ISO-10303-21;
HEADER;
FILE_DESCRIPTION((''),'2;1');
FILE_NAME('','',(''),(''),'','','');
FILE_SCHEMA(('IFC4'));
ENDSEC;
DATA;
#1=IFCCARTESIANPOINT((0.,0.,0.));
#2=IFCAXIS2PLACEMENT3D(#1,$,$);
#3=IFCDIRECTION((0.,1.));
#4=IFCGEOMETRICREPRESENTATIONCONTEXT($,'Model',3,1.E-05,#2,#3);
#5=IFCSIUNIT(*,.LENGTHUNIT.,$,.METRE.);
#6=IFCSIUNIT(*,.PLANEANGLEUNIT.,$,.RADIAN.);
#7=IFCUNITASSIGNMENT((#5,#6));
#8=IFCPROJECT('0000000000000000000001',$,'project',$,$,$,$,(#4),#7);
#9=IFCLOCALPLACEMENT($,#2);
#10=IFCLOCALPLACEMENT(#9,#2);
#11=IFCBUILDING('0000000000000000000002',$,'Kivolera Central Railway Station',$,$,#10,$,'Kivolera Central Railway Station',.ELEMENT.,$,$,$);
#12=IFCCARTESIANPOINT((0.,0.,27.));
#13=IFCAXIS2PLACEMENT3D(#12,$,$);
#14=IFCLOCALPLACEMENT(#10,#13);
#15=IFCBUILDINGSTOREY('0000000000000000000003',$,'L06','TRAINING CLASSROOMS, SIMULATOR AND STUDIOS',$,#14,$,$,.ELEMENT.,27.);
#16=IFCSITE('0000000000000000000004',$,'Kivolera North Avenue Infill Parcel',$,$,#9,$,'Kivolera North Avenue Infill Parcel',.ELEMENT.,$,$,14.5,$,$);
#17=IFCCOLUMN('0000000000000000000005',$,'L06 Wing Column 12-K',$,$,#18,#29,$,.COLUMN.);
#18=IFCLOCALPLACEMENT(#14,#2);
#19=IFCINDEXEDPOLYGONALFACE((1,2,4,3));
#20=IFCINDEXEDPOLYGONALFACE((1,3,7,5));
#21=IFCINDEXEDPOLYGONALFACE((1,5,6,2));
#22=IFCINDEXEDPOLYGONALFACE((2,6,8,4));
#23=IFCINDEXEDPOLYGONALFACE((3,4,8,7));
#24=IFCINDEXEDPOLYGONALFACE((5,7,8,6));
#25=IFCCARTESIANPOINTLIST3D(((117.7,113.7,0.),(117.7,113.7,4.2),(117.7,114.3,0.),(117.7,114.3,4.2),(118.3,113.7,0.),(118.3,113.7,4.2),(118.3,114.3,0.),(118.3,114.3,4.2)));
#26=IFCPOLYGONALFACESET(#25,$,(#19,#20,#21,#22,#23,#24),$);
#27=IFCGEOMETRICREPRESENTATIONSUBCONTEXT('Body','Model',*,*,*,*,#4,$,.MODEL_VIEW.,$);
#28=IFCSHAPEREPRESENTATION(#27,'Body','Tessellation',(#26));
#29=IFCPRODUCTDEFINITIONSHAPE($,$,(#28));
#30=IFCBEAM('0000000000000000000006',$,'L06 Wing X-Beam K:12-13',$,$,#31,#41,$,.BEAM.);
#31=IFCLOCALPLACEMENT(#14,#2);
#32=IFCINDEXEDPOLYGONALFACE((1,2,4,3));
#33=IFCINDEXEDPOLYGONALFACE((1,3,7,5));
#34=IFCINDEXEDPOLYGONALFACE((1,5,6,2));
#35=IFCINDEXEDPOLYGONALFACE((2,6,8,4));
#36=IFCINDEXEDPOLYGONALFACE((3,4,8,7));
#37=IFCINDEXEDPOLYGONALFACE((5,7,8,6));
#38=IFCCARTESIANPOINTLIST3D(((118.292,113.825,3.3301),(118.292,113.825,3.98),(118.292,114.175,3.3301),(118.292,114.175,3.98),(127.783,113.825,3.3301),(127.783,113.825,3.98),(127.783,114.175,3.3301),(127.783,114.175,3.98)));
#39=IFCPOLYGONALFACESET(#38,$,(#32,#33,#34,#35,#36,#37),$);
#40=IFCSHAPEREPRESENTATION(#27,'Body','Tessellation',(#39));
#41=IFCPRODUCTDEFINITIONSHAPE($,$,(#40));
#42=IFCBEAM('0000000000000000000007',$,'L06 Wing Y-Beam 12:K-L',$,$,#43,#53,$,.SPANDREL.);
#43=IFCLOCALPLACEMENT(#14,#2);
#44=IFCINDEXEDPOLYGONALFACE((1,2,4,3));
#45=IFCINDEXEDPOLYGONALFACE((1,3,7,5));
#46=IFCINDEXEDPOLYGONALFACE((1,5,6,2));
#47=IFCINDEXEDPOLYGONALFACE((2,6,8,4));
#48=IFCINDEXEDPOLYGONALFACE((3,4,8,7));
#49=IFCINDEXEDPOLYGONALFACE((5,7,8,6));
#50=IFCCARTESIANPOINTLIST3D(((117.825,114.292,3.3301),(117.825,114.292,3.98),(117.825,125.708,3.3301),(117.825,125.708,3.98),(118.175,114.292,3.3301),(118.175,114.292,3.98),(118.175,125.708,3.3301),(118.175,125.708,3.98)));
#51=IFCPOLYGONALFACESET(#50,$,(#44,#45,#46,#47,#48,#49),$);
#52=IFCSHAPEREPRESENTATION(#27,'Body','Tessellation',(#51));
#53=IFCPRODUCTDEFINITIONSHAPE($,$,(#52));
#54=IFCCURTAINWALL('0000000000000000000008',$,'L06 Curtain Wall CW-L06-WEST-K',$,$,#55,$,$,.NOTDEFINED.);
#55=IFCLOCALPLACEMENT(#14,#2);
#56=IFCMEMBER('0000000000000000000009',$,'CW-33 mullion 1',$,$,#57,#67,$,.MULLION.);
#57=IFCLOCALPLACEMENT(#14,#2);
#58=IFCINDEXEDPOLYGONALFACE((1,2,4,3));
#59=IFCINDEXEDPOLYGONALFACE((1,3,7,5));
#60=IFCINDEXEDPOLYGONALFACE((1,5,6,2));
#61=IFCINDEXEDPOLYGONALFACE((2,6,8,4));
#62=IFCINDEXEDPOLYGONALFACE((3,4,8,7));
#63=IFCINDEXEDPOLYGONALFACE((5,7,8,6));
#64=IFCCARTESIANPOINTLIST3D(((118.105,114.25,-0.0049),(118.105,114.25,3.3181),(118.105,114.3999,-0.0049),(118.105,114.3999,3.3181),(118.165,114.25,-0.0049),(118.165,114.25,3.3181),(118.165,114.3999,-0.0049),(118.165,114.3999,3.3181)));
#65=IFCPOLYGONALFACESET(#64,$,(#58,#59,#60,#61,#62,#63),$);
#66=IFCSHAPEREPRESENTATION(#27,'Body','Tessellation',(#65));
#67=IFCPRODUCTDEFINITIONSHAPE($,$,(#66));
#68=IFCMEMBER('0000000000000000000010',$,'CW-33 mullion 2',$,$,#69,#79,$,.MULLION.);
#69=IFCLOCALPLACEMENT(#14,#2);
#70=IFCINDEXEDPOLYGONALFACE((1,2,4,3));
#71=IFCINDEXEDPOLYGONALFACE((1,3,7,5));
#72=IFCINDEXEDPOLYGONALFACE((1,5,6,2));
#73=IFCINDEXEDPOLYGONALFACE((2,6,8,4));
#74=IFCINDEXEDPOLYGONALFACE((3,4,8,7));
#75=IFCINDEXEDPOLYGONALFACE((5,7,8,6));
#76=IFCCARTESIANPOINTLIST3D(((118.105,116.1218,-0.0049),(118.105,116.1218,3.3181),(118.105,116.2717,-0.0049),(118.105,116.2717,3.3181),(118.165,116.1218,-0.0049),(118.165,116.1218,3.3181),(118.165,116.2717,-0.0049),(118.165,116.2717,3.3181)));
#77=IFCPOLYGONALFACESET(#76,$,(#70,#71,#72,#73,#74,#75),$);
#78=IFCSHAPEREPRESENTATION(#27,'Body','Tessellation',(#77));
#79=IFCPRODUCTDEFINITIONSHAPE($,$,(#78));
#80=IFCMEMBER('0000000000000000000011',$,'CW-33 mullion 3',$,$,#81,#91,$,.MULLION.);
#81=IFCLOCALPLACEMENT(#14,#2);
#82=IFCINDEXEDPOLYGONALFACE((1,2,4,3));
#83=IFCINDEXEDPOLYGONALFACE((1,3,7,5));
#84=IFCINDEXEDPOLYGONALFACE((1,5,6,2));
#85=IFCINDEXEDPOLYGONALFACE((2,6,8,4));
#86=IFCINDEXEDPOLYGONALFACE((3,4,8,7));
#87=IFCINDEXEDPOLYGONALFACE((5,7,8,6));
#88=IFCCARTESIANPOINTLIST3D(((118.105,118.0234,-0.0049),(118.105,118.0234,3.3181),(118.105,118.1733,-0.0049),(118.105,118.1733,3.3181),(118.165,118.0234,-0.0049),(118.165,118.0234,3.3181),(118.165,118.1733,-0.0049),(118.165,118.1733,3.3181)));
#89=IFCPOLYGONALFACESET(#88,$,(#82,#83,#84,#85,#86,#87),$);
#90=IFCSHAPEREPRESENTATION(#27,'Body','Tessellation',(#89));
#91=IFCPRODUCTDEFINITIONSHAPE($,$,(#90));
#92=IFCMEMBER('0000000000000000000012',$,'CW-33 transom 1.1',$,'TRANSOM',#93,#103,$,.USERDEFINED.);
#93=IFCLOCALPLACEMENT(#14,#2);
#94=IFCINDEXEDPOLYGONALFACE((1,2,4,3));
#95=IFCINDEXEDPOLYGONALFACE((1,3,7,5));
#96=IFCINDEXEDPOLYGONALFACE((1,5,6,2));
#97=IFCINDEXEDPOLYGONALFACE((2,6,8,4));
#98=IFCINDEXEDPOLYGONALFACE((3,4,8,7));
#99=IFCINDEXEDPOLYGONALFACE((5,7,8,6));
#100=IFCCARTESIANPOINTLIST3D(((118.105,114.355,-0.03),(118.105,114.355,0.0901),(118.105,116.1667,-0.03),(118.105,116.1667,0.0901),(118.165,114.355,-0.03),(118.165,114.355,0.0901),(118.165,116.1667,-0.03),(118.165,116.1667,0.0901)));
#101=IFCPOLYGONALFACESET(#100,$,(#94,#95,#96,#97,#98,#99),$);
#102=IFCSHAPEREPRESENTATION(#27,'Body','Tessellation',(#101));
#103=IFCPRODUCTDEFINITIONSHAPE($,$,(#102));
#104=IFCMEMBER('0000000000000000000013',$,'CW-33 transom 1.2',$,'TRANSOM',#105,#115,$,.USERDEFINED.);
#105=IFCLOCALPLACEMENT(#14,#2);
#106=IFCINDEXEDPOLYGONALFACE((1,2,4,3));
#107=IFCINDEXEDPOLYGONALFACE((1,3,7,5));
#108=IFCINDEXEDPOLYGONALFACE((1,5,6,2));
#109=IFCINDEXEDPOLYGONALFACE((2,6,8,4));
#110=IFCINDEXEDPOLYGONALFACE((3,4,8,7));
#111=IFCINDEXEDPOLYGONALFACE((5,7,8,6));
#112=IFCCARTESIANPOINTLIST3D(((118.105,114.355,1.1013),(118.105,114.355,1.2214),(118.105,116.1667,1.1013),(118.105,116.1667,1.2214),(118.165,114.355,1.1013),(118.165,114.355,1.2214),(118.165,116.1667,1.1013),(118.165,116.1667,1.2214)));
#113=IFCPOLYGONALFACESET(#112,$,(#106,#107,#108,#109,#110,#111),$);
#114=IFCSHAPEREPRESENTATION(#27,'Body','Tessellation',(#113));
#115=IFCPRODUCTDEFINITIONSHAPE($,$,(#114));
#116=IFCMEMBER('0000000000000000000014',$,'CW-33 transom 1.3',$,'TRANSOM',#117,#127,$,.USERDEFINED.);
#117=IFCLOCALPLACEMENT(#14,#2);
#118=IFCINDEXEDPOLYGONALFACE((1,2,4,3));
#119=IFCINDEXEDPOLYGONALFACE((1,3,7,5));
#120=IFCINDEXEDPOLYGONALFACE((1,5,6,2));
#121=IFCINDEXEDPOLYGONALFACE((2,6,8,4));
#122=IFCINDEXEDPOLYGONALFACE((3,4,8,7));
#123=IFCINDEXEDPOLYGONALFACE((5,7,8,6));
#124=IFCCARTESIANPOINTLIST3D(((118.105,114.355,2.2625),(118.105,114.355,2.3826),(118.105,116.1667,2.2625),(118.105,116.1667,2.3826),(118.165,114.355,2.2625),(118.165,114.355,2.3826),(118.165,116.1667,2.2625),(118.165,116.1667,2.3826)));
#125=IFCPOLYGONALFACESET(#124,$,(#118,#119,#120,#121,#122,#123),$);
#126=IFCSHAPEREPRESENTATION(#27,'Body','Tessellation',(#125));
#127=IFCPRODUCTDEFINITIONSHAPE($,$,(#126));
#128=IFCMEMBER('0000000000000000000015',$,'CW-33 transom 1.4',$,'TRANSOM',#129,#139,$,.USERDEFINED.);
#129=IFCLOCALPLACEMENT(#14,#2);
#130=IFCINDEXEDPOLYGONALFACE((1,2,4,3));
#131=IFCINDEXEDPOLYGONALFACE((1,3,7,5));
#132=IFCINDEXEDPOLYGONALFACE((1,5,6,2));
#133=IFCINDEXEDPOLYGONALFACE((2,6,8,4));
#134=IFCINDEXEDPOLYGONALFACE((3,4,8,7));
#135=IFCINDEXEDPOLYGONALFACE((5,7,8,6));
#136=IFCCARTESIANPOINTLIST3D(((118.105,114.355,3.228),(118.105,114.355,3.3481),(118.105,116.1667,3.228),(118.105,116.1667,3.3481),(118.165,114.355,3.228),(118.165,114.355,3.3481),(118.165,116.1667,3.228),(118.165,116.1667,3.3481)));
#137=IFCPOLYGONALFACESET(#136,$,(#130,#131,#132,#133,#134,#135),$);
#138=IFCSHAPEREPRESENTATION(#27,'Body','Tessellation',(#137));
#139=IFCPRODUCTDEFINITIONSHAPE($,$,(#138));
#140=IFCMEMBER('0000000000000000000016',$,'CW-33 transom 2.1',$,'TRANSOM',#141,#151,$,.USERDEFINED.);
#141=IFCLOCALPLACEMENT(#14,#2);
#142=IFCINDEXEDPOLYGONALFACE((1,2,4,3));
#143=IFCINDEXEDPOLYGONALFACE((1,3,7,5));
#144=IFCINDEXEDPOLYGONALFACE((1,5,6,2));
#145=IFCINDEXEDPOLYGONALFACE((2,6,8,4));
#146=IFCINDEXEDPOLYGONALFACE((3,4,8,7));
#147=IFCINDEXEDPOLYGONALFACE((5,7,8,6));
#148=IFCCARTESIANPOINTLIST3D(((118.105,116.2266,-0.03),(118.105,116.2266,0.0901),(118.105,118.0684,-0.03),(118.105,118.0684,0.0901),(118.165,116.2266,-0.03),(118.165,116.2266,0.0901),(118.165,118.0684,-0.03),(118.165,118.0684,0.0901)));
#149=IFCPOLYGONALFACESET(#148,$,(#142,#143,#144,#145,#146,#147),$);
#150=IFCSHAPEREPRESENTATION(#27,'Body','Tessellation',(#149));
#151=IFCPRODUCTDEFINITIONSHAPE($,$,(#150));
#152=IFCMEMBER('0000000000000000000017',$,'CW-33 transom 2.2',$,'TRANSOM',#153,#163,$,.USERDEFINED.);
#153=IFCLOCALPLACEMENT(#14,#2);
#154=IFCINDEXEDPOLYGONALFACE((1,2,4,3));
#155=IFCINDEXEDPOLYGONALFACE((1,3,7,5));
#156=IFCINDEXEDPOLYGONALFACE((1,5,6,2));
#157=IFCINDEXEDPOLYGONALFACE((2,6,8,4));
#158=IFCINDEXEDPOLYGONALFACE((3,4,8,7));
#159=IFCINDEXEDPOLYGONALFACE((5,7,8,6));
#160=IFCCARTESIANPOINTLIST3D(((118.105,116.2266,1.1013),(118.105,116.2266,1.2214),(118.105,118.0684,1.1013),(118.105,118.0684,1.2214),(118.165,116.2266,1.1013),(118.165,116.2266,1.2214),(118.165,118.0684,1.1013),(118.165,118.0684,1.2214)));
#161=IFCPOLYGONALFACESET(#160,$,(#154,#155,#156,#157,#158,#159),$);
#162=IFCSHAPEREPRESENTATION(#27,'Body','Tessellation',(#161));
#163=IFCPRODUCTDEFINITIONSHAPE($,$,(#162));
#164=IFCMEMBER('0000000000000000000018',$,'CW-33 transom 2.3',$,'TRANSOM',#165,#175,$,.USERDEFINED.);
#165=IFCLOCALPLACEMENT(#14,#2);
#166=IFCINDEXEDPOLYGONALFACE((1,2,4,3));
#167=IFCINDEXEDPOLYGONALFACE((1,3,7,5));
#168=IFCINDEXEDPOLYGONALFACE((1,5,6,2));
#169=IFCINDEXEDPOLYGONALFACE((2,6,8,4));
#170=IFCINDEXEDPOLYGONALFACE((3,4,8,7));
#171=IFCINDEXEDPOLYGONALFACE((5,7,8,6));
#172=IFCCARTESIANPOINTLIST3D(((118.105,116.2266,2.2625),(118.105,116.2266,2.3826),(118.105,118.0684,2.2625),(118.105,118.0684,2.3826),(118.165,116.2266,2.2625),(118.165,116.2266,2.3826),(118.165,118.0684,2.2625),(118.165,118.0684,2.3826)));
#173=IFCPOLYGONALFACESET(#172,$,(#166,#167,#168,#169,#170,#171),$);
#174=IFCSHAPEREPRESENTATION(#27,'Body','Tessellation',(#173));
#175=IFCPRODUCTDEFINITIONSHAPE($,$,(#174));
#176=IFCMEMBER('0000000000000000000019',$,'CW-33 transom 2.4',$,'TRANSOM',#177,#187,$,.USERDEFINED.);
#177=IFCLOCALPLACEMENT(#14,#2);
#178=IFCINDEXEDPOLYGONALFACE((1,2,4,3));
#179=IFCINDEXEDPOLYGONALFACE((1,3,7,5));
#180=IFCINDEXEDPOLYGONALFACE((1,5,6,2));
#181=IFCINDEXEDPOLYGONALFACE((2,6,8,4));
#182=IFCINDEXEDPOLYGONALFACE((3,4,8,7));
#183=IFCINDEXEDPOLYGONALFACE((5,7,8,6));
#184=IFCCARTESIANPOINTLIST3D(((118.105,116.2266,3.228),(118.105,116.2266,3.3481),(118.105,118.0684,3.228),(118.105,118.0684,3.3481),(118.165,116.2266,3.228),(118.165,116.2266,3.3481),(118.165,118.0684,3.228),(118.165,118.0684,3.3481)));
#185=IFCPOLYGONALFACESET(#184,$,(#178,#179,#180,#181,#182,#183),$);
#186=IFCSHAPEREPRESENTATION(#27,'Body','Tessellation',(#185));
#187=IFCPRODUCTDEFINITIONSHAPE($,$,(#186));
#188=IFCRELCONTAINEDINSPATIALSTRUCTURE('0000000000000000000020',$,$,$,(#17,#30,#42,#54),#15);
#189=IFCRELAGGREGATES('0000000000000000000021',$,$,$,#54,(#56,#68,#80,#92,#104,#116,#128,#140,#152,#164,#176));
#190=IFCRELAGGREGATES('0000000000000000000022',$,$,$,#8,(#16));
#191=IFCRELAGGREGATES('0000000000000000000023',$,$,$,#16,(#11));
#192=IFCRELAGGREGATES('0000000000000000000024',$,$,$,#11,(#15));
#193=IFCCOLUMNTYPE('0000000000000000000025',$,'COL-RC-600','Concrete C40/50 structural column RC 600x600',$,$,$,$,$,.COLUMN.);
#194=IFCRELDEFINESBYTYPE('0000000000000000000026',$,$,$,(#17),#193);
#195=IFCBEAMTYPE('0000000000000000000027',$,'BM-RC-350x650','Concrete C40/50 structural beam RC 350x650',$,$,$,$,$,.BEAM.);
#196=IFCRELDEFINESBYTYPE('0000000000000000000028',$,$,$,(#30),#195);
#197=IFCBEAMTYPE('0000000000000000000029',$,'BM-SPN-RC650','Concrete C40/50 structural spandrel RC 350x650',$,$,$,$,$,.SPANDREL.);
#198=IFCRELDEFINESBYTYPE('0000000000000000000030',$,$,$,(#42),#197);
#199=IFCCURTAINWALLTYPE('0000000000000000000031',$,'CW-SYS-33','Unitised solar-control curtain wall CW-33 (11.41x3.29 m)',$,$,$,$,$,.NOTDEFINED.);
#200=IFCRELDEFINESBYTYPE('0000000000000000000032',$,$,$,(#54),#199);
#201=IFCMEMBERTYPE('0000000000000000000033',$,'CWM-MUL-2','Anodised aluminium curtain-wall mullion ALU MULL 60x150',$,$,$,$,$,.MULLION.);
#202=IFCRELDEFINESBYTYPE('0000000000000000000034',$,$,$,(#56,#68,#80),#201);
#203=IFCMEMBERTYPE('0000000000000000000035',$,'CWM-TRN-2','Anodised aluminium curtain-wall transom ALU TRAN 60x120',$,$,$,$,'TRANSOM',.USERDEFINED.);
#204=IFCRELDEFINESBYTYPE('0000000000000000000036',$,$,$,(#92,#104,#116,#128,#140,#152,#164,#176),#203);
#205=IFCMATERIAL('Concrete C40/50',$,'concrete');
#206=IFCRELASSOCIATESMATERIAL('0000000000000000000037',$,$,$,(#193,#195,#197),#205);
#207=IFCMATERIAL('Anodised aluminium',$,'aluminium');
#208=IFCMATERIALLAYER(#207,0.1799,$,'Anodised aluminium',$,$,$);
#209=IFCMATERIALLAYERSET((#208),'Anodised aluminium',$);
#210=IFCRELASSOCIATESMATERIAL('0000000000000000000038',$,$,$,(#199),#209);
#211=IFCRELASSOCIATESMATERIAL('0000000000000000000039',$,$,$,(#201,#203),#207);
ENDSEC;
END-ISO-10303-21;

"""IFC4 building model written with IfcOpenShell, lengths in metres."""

from ifc_helpers import new_model, si_unit, direction, frame, origin, origin_2d, place, context, subcontext, project, spatial, rectangle, extrude, material, layer, layer_set, material_profile, profile_set, type_object, element, aggregate, save


model = new_model("IFC4")

# Units and contexts
model_context = context("Model", 3, precision=1e-05, world=origin(), true_north=direction((0.0, 1.0)))
body_context = subcontext(model_context, "Body", "Model", "MODEL_VIEW")
ifc_project = project(units=[si_unit("LENGTHUNIT", "METRE"), si_unit("PLANEANGLEUNIT", "RADIAN")], contexts=[model_context])

# Site, building, storey
site_placement = place(None, origin())
site = spatial("IfcSite", under=ifc_project, at=site_placement, Name="Kivolera North Avenue Infill Parcel", LongName="Kivolera North Avenue Infill Parcel", CompositionType="ELEMENT", RefElevation=14.5)
building_placement = place(site_placement, origin())
building = spatial("IfcBuilding", under=site, at=building_placement, Name="Kivolera Central Railway Station", LongName="Kivolera Central Railway Station", CompositionType="ELEMENT")
storey_placement = place(building_placement, frame((0.0, 0.0, 27.0)))
storey = spatial("IfcBuildingStorey", under=building, at=storey_placement, Name="L06", Description="TRAINING CLASSROOMS, SIMULATOR AND STUDIOS", CompositionType="ELEMENT", Elevation=27.0)

# Column
ifc_material_1 = material(Name="Concrete C40/50", Category="concrete")
ifc_material_profile_1 = material_profile(ifc_material_1, rectangle(XDim=0.6001, YDim=0.6001, at=origin_2d()), Name="RC 600x600")
ifc_profile_set_1 = profile_set([ifc_material_profile_1], Name="Concrete C40/50")
column_type = type_object("IfcColumnType", Name="COL-RC-600", Description="Concrete C40/50 structural column RC 600x600", PredefinedType="COLUMN", material=ifc_profile_set_1)
column_placement = place(storey_placement, frame((118.0, 114.0, 0.0), z_axis=(0.0, 0.0, 1.0), x_axis=(1.0, 0.0, 0.0)))
element("IfcColumn", 1, at=column_placement, inside=storey, type_object=column_type, Name="L06 Wing Column 12-K", PredefinedType="COLUMN", context=body_context, shape_type="SweptSolid", body=[
    extrude(rectangle(XDim=0.6001, YDim=0.6001, at=origin_2d()), origin(), (0.0, 0.0, 1.0), 4.2),
])

# Beams
ifc_material_profile_2 = material_profile(ifc_material_1, rectangle(XDim=0.3501, YDim=0.6499, at=origin_2d()), Name="RC 350x650")
ifc_profile_set_2 = profile_set([ifc_material_profile_2], Name="Concrete C40/50")
beam_type_1 = type_object("IfcBeamType", Name="BM-RC-350x650", Description="Concrete C40/50 structural beam RC 350x650", PredefinedType="BEAM", material=ifc_profile_set_2)
beam_1_placement = place(storey_placement, frame((118.292, 114.0, 3.655), z_axis=(1.0, 0.0, 0.0), x_axis=(0.0, 1.0, 0.0)))
element("IfcBeam", 2, at=beam_1_placement, inside=storey, type_object=beam_type_1, Name="L06 Wing X-Beam K:12-13", PredefinedType="BEAM", context=body_context, shape_type="SweptSolid", body=[
    extrude(rectangle(XDim=0.3501, YDim=0.6499, at=origin_2d()), origin(), (0.0, 0.0, 1.0), 9.491),
])
ifc_material_profile_3 = material_profile(ifc_material_1, rectangle(XDim=0.3501, YDim=0.6499, at=origin_2d()), Name="RC 350x650")
ifc_profile_set_3 = profile_set([ifc_material_profile_3], Name="Concrete C40/50")
beam_type_2 = type_object("IfcBeamType", Name="BM-SPN-RC650", Description="Concrete C40/50 structural spandrel RC 350x650", PredefinedType="SPANDREL", material=ifc_profile_set_3)
beam_2_placement = place(storey_placement, frame((118.0, 114.292, 3.655), z_axis=(0.0, 1.0, 0.0), x_axis=(-1.0, 0.0, 0.0)))
element("IfcBeam", 3, at=beam_2_placement, inside=storey, type_object=beam_type_2, Name="L06 Wing Y-Beam 12:K-L", PredefinedType="SPANDREL", context=body_context, shape_type="SweptSolid", body=[
    extrude(rectangle(XDim=0.3501, YDim=0.6499, at=origin_2d()), origin(), (0.0, 0.0, 1.0), 11.416),
])

# Curtain wall, members
ifc_material_2 = material(Name="Anodised aluminium", Category="aluminium")
ifc_layer_1 = layer(ifc_material_2, 0.1799, Name="Anodised aluminium")
ifc_layer_set_1 = layer_set([ifc_layer_1], Name="Anodised aluminium")
curtain_wall_type = type_object("IfcCurtainWallType", Name="CW-SYS-33", Description="Unitised solar-control curtain wall CW-33 (11.41x3.29 m)", PredefinedType="NOTDEFINED", material=ifc_layer_set_1)
curtain_wall_placement = place(storey_placement, origin())
curtain_wall = element("IfcCurtainWall", 4, at=curtain_wall_placement, inside=storey, type_object=curtain_wall_type, Name="L06 Curtain Wall CW-L06-WEST-K", PredefinedType="NOTDEFINED")
ifc_material_profile_4 = material_profile(ifc_material_2, rectangle(XDim=0.0601, YDim=0.1499, at=origin_2d()), Name="ALU MULL 60x150")
ifc_profile_set_4 = profile_set([ifc_material_profile_4], Name="Anodised aluminium")
member_type_1 = type_object("IfcMemberType", Name="CWM-MUL-2", Description="Anodised aluminium curtain-wall mullion ALU MULL 60x150", PredefinedType="MULLION", material=ifc_profile_set_4)
member_1_placement = place(storey_placement, frame((118.135, 114.325, -0.0049), z_axis=(0.0, 0.0, 1.0), x_axis=(-1.0, 0.0, 0.0)))
member_1 = element("IfcMember", 5, at=member_1_placement, type_object=member_type_1, Name="CW-33 mullion 1", PredefinedType="MULLION", context=body_context, shape_type="SweptSolid", body=[
    extrude(rectangle(XDim=0.0601, YDim=0.1499, at=origin_2d()), origin(), (0.0, 0.0, 1.0), 3.323),
])
member_2_placement = place(storey_placement, frame((118.135, 116.1968, -0.0049), z_axis=(0.0, 0.0, 1.0), x_axis=(-1.0, 0.0, 0.0)))
member_2 = element("IfcMember", 6, at=member_2_placement, type_object=member_type_1, Name="CW-33 mullion 2", PredefinedType="MULLION", context=body_context, shape_type="SweptSolid", body=[
    extrude(rectangle(XDim=0.0601, YDim=0.1499, at=origin_2d()), origin(), (0.0, 0.0, 1.0), 3.323),
])
member_3_placement = place(storey_placement, frame((118.135, 118.0984, -0.0049), z_axis=(0.0, 0.0, 1.0), x_axis=(-1.0, 0.0, 0.0)))
member_3 = element("IfcMember", 7, at=member_3_placement, type_object=member_type_1, Name="CW-33 mullion 3", PredefinedType="MULLION", context=body_context, shape_type="SweptSolid", body=[
    extrude(rectangle(XDim=0.0601, YDim=0.1499, at=origin_2d()), origin(), (0.0, 0.0, 1.0), 3.323),
])
ifc_material_profile_5 = material_profile(ifc_material_2, rectangle(XDim=0.0601, YDim=0.1201, at=origin_2d()), Name="ALU TRAN 60x120")
ifc_profile_set_5 = profile_set([ifc_material_profile_5], Name="Anodised aluminium")
member_type_2 = type_object("IfcMemberType", Name="CWM-TRN-2", Description="Anodised aluminium curtain-wall transom ALU TRAN 60x120", ElementType="TRANSOM", PredefinedType="USERDEFINED", material=ifc_profile_set_5)
member_4_placement = place(storey_placement, frame((118.135, 114.355, 0.03), z_axis=(0.0, 1.0, 0.0), x_axis=(-1.0, 0.0, 0.0)))
member_4 = element("IfcMember", 8, at=member_4_placement, type_object=member_type_2, Name="CW-33 transom 1.1", ObjectType="TRANSOM", PredefinedType="USERDEFINED", context=body_context, shape_type="SweptSolid", body=[
    extrude(rectangle(XDim=0.0601, YDim=0.1201, at=origin_2d()), origin(), (0.0, 0.0, 1.0), 1.8118),
])
member_5_placement = place(storey_placement, frame((118.135, 114.355, 1.1614), z_axis=(0.0, 1.0, 0.0), x_axis=(-1.0, 0.0, 0.0)))
member_5 = element("IfcMember", 9, at=member_5_placement, type_object=member_type_2, Name="CW-33 transom 1.2", ObjectType="TRANSOM", PredefinedType="USERDEFINED", context=body_context, shape_type="SweptSolid", body=[
    extrude(rectangle(XDim=0.0601, YDim=0.1201, at=origin_2d()), origin(), (0.0, 0.0, 1.0), 1.8118),
])
member_6_placement = place(storey_placement, frame((118.135, 114.355, 2.3225), z_axis=(0.0, 1.0, 0.0), x_axis=(-1.0, 0.0, 0.0)))
member_6 = element("IfcMember", 10, at=member_6_placement, type_object=member_type_2, Name="CW-33 transom 1.3", ObjectType="TRANSOM", PredefinedType="USERDEFINED", context=body_context, shape_type="SweptSolid", body=[
    extrude(rectangle(XDim=0.0601, YDim=0.1201, at=origin_2d()), origin(), (0.0, 0.0, 1.0), 1.8118),
])
member_7_placement = place(storey_placement, frame((118.135, 114.355, 3.2881), z_axis=(0.0, 1.0, 0.0), x_axis=(-1.0, 0.0, 0.0)))
member_7 = element("IfcMember", 11, at=member_7_placement, type_object=member_type_2, Name="CW-33 transom 1.4", ObjectType="TRANSOM", PredefinedType="USERDEFINED", context=body_context, shape_type="SweptSolid", body=[
    extrude(rectangle(XDim=0.0601, YDim=0.1201, at=origin_2d()), origin(), (0.0, 0.0, 1.0), 1.8118),
])
member_8_placement = place(storey_placement, frame((118.135, 116.2266, 0.03), z_axis=(0.0, 1.0, 0.0), x_axis=(-1.0, 0.0, 0.0)))
member_8 = element("IfcMember", 12, at=member_8_placement, type_object=member_type_2, Name="CW-33 transom 2.1", ObjectType="TRANSOM", PredefinedType="USERDEFINED", context=body_context, shape_type="SweptSolid", body=[
    extrude(rectangle(XDim=0.0601, YDim=0.1201, at=origin_2d()), origin(), (0.0, 0.0, 1.0), 1.8418),
])
member_9_placement = place(storey_placement, frame((118.135, 116.2266, 1.1614), z_axis=(0.0, 1.0, 0.0), x_axis=(-1.0, 0.0, 0.0)))
member_9 = element("IfcMember", 13, at=member_9_placement, type_object=member_type_2, Name="CW-33 transom 2.2", ObjectType="TRANSOM", PredefinedType="USERDEFINED", context=body_context, shape_type="SweptSolid", body=[
    extrude(rectangle(XDim=0.0601, YDim=0.1201, at=origin_2d()), origin(), (0.0, 0.0, 1.0), 1.8418),
])
member_10_placement = place(storey_placement, frame((118.135, 116.2266, 2.3225), z_axis=(0.0, 1.0, 0.0), x_axis=(-1.0, 0.0, 0.0)))
member_10 = element("IfcMember", 14, at=member_10_placement, type_object=member_type_2, Name="CW-33 transom 2.3", ObjectType="TRANSOM", PredefinedType="USERDEFINED", context=body_context, shape_type="SweptSolid", body=[
    extrude(rectangle(XDim=0.0601, YDim=0.1201, at=origin_2d()), origin(), (0.0, 0.0, 1.0), 1.8418),
])
member_11_placement = place(storey_placement, frame((118.135, 116.2266, 3.2881), z_axis=(0.0, 1.0, 0.0), x_axis=(-1.0, 0.0, 0.0)))
member_11 = element("IfcMember", 15, at=member_11_placement, type_object=member_type_2, Name="CW-33 transom 2.4", ObjectType="TRANSOM", PredefinedType="USERDEFINED", context=body_context, shape_type="SweptSolid", body=[
    extrude(rectangle(XDim=0.0601, YDim=0.1201, at=origin_2d()), origin(), (0.0, 0.0, 1.0), 1.8418),
])
aggregate(curtain_wall, [member_1, member_2, member_3, member_4, member_5, member_6, member_7, member_8, member_9, member_10, member_11])

save(model, "model.ifc")
